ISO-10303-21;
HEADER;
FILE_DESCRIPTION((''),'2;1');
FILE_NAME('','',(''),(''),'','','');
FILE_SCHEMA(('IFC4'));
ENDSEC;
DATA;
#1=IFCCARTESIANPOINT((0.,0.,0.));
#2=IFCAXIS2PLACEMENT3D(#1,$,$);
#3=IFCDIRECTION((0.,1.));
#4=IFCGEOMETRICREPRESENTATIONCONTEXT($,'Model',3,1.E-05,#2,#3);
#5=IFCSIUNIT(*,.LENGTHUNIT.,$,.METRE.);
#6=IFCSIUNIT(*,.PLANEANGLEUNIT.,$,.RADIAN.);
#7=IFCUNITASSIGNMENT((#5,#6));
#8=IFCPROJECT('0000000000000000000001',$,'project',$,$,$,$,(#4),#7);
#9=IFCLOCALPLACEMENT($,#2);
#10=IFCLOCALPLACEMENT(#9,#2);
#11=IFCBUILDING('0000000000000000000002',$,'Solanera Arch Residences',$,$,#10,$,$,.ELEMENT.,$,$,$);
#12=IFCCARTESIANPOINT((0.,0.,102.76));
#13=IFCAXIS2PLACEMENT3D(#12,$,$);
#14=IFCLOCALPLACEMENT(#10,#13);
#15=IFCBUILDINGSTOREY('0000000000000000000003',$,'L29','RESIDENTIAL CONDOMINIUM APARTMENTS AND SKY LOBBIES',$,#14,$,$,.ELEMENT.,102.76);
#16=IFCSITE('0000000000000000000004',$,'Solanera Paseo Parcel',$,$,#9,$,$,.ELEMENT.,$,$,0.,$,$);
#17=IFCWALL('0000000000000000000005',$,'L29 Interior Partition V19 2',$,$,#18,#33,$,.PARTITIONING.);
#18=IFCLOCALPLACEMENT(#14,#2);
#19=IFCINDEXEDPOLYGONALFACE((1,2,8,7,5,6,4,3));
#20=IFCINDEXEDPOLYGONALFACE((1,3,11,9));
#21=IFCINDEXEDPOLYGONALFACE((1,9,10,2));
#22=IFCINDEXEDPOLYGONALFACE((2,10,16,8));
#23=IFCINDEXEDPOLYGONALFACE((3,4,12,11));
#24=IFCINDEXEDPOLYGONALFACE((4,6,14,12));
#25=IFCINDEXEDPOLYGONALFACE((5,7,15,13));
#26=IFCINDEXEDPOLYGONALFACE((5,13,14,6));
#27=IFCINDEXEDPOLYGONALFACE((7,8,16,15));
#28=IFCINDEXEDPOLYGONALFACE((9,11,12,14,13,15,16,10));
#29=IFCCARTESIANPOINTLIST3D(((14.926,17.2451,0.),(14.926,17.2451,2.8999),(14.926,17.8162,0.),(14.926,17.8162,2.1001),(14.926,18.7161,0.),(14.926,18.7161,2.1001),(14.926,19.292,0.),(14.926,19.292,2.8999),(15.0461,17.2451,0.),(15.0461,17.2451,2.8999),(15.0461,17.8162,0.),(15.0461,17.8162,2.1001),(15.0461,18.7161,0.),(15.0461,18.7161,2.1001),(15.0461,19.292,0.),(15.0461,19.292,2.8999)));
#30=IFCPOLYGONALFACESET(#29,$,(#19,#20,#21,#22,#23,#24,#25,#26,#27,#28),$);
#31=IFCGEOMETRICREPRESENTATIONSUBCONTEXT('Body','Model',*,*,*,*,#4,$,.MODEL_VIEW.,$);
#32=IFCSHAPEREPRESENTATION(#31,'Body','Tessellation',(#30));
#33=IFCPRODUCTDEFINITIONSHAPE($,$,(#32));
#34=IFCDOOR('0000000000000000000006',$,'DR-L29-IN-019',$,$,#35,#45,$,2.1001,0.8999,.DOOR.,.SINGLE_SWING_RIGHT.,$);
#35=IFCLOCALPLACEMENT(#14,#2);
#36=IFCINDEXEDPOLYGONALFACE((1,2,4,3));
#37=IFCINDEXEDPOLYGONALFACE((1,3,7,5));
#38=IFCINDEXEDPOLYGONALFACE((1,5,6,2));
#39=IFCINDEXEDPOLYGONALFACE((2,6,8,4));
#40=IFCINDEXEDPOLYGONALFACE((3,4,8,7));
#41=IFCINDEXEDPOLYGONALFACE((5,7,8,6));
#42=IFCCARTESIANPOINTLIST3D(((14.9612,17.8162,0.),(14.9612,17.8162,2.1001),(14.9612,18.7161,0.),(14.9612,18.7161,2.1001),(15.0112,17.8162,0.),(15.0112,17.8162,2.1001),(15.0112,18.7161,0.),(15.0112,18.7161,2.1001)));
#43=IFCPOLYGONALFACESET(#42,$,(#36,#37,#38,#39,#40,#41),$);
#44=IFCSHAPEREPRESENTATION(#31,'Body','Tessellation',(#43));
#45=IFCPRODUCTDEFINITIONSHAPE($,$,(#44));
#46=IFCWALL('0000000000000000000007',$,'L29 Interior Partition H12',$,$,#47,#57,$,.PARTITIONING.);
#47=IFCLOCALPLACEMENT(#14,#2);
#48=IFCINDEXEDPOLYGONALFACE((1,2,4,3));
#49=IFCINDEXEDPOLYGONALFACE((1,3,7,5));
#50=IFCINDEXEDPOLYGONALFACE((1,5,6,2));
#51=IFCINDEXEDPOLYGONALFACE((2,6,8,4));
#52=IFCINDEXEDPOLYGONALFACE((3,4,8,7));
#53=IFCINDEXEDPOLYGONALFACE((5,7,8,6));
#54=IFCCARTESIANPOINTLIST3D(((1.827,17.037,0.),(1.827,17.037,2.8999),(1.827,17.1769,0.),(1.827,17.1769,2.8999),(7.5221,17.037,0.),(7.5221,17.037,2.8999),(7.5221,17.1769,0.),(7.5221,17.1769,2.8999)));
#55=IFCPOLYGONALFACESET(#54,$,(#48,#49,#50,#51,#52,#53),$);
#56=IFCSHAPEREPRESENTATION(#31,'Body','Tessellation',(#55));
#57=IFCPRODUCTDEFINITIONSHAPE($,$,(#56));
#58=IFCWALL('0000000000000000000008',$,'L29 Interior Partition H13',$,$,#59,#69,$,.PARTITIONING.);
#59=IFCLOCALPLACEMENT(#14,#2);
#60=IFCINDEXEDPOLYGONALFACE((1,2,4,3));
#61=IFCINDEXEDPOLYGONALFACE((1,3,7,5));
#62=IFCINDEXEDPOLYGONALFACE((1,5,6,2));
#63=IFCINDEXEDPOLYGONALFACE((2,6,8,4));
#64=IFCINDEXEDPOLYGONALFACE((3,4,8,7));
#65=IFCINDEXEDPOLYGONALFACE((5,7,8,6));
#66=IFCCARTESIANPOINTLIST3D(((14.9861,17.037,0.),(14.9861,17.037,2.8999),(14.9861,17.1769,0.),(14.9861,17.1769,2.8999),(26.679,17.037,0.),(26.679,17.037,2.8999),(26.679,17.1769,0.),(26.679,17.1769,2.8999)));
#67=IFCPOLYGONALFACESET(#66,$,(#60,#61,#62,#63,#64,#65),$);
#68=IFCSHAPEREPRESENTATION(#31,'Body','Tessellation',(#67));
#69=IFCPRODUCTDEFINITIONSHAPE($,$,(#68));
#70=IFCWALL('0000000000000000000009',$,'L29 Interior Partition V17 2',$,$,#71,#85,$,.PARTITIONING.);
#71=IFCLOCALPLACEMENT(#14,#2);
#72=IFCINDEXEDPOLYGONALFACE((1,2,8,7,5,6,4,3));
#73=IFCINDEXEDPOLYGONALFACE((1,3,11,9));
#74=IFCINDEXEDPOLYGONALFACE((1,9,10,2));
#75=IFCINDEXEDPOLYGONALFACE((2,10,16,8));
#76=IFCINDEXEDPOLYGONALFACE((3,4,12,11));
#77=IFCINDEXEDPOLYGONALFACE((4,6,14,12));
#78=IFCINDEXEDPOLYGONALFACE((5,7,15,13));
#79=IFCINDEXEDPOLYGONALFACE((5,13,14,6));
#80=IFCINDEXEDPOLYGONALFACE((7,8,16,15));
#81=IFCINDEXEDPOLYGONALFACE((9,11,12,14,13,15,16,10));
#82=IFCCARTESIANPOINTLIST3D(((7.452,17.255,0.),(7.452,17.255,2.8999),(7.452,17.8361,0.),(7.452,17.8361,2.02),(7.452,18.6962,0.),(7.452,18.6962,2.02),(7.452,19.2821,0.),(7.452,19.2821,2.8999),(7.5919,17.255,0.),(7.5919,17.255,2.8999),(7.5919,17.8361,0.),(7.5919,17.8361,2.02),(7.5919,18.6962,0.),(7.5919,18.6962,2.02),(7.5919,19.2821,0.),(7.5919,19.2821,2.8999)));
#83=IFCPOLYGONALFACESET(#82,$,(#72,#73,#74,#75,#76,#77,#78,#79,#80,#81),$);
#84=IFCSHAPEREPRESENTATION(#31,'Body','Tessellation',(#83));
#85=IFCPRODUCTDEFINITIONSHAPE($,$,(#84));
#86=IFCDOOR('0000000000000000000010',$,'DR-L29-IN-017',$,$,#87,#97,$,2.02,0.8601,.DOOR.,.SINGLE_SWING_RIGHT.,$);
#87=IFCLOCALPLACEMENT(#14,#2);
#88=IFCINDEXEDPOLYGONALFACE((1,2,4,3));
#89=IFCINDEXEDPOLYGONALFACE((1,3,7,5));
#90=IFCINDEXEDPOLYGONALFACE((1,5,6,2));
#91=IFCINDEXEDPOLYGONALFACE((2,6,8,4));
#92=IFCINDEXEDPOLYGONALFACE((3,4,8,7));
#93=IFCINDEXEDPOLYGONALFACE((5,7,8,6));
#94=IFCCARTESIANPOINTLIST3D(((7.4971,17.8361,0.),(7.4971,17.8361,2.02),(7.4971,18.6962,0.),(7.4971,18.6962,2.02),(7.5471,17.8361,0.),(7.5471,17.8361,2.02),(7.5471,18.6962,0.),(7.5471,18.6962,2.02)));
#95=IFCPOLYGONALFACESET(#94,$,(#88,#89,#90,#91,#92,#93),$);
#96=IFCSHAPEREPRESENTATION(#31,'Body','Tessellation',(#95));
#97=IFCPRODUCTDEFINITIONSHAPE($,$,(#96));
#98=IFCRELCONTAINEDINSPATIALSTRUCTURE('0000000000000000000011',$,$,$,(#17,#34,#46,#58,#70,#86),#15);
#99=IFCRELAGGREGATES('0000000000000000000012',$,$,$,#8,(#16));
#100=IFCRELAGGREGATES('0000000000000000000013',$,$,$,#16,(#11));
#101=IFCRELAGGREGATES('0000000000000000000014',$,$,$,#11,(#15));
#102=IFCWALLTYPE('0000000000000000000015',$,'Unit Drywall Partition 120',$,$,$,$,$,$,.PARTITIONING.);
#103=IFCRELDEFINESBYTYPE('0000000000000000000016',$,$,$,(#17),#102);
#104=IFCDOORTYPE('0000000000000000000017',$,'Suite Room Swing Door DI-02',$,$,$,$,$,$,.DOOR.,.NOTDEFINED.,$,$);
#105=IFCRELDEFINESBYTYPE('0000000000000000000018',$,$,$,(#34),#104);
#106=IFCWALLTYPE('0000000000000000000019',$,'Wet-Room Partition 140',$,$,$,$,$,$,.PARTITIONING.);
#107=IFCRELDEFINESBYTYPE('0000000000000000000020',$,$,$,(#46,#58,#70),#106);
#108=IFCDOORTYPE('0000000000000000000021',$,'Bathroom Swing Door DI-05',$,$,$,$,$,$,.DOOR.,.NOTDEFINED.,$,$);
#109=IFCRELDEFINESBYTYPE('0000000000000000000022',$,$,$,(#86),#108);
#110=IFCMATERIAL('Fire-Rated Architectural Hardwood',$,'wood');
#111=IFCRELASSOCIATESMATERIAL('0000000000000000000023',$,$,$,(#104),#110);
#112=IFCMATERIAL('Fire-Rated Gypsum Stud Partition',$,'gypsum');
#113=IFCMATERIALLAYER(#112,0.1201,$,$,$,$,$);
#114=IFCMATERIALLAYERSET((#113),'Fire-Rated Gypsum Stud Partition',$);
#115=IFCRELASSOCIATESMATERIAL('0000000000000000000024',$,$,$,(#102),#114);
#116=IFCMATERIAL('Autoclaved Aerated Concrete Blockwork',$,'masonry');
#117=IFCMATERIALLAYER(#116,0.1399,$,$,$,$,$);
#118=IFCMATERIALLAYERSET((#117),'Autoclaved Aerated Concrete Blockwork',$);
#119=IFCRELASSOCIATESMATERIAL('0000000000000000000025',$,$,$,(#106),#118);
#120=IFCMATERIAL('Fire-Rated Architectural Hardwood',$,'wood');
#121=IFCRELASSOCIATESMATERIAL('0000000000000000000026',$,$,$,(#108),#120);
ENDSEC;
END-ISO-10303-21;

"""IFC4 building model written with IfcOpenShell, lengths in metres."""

from ifc_helpers import new_model, si_unit, direction, frame, frame_2d, origin, place, context, subcontext, project, spatial, rectangle, extrude, material, layer, layer_set, type_object, element, fill, save


model = new_model("IFC4")

# Units and contexts
model_context = context("Model", 3, precision=1e-05, world=origin(), true_north=direction((0.0, 1.0)))
body_context = subcontext(model_context, "Body", "Model", "MODEL_VIEW")
ifc_project = project(units=[si_unit("LENGTHUNIT", "METRE"), si_unit("PLANEANGLEUNIT", "RADIAN")], contexts=[model_context])

# Site, building, storey
site_placement = place(None, origin())
site = spatial("IfcSite", under=ifc_project, at=site_placement, Name="Solanera Paseo Parcel", CompositionType="ELEMENT", RefElevation=0.0)
building_placement = place(site_placement, origin())
building = spatial("IfcBuilding", under=site, at=building_placement, Name="Solanera Arch Residences", CompositionType="ELEMENT")
storey_placement = place(building_placement, frame((0.0, 0.0, 102.76)))
storey = spatial("IfcBuildingStorey", under=building, at=storey_placement, Name="L29", Description="RESIDENTIAL CONDOMINIUM APARTMENTS AND SKY LOBBIES", CompositionType="ELEMENT", Elevation=102.76)

# Shared definitions
ifc_material_1 = material(Name="Fire-Rated Architectural Hardwood", Category="wood")
door_type_1 = type_object("IfcDoorType", Name="Suite Room Swing Door DI-02", OperationType="NOTDEFINED", PredefinedType="DOOR", material=ifc_material_1)

# Wall, opening, door
ifc_material_2 = material(Name="Fire-Rated Gypsum Stud Partition", Category="gypsum")
ifc_layer_1 = layer(ifc_material_2, 0.1201)
ifc_layer_set_1 = layer_set([ifc_layer_1], Name="Fire-Rated Gypsum Stud Partition")
wall_type_1 = type_object("IfcWallType", Name="Unit Drywall Partition 120", PredefinedType="PARTITIONING", material=ifc_layer_set_1)
wall_1_placement = place(storey_placement, frame((14.9861, 17.2451, 0.0), z_axis=(0.0, 0.0, 1.0), x_axis=(0.0, 1.0, 0.0)))
wall_1 = element("IfcWall", 1, at=wall_1_placement, inside=storey, type_object=wall_type_1, Name="L29 Interior Partition V19 2", PredefinedType="PARTITIONING", context=body_context, shape_type="SweptSolid", body=[
    extrude(rectangle(XDim=2.0469, YDim=0.1201, at=frame_2d((1.0234, 0.0))), origin(), (0.0, 0.0, 1.0), 2.8999),
])
opening_1_placement = place(wall_1_placement, frame((0.571, 0.0, 0.0)))
opening_1 = element("IfcOpeningElement", 2, at=opening_1_placement, cuts=wall_1, PredefinedType="OPENING", context=body_context, shape_type="SweptSolid", body=[
    extrude(rectangle(XDim=0.8999, YDim=2.1001, at=frame_2d((0.45, 1.05))), frame((0.0, 0.0701, 0.0), z_axis=(0.0, -1.0, 0.0), x_axis=(1.0, 0.0, 0.0)), (0.0, 0.0, 1.0), 0.1401),
])
door_1_placement = place(opening_1_placement, origin())
door_1 = element("IfcDoor", 3, at=door_1_placement, inside=storey, type_object=door_type_1, Name="DR-L29-IN-019", OperationType="SINGLE_SWING_RIGHT", OverallHeight=2.1001, OverallWidth=0.8999, PredefinedType="DOOR", context=body_context, shape_type="SweptSolid", body=[
    extrude(rectangle(XDim=0.8999, YDim=2.1001, at=frame_2d((0.45, 1.05))), frame((0.0, 0.0249, 0.0), z_axis=(0.0, -1.0, 0.0), x_axis=(1.0, 0.0, 0.0)), (0.0, 0.0, 1.0), 0.05),
])
fill(opening_1, door_1)

# Walls
ifc_material_3 = material(Name="Autoclaved Aerated Concrete Blockwork", Category="masonry")
ifc_layer_2 = layer(ifc_material_3, 0.1399)
ifc_layer_set_2 = layer_set([ifc_layer_2], Name="Autoclaved Aerated Concrete Blockwork")
wall_type_2 = type_object("IfcWallType", Name="Wet-Room Partition 140", PredefinedType="PARTITIONING", material=ifc_layer_set_2)
wall_2_placement = place(storey_placement, frame((1.8269, 17.1069, 0.0), z_axis=(0.0, 0.0, 1.0), x_axis=(1.0, 0.0, 0.0)))
element("IfcWall", 4, at=wall_2_placement, inside=storey, type_object=wall_type_2, Name="L29 Interior Partition H12", PredefinedType="PARTITIONING", context=body_context, shape_type="SweptSolid", body=[
    extrude(rectangle(XDim=5.6951, YDim=0.1399, at=frame_2d((2.8477, 0.0))), origin(), (0.0, 0.0, 1.0), 2.8999),
])
wall_3_placement = place(storey_placement, frame((14.9861, 17.1069, 0.0), z_axis=(0.0, 0.0, 1.0), x_axis=(1.0, 0.0, 0.0)))
element("IfcWall", 5, at=wall_3_placement, inside=storey, type_object=wall_type_2, Name="L29 Interior Partition H13", PredefinedType="PARTITIONING", context=body_context, shape_type="SweptSolid", body=[
    extrude(rectangle(XDim=11.6929, YDim=0.1399, at=frame_2d((5.8464, 0.0))), origin(), (0.0, 0.0, 1.0), 2.8999),
])

# Wall, opening, door
wall_4_placement = place(storey_placement, frame((7.522, 17.2549, 0.0), z_axis=(0.0, 0.0, 1.0), x_axis=(0.0, 1.0, 0.0)))
wall_4 = element("IfcWall", 6, at=wall_4_placement, inside=storey, type_object=wall_type_2, Name="L29 Interior Partition V17 2", PredefinedType="PARTITIONING", context=body_context, shape_type="SweptSolid", body=[
    extrude(rectangle(XDim=2.0271, YDim=0.1399, at=frame_2d((1.0137, 0.0))), origin(), (0.0, 0.0, 1.0), 2.8999),
])
opening_2_placement = place(wall_4_placement, frame((0.5811, 0.0, 0.0)))
opening_2 = element("IfcOpeningElement", 7, at=opening_2_placement, cuts=wall_4, PredefinedType="OPENING", context=body_context, shape_type="SweptSolid", body=[
    extrude(rectangle(XDim=0.8601, YDim=2.02, at=frame_2d((0.4302, 1.01))), frame((0.0, 0.0798, 0.0), z_axis=(0.0, -1.0, 0.0), x_axis=(1.0, 0.0, 0.0)), (0.0, 0.0, 1.0), 0.1599),
])
ifc_material_4 = material(Name="Fire-Rated Architectural Hardwood", Category="wood")
door_type_2 = type_object("IfcDoorType", Name="Bathroom Swing Door DI-05", OperationType="NOTDEFINED", PredefinedType="DOOR", material=ifc_material_4)
door_2_placement = place(opening_2_placement, origin())
door_2 = element("IfcDoor", 8, at=door_2_placement, inside=storey, type_object=door_type_2, Name="DR-L29-IN-017", OperationType="SINGLE_SWING_RIGHT", OverallHeight=2.02, OverallWidth=0.8601, PredefinedType="DOOR", context=body_context, shape_type="SweptSolid", body=[
    extrude(rectangle(XDim=0.8601, YDim=2.02, at=frame_2d((0.4302, 1.01))), frame((0.0, 0.0249, 0.0), z_axis=(0.0, -1.0, 0.0), x_axis=(1.0, 0.0, 0.0)), (0.0, 0.0, 1.0), 0.05),
])
fill(opening_2, door_2)

save(model, "model.ifc")
